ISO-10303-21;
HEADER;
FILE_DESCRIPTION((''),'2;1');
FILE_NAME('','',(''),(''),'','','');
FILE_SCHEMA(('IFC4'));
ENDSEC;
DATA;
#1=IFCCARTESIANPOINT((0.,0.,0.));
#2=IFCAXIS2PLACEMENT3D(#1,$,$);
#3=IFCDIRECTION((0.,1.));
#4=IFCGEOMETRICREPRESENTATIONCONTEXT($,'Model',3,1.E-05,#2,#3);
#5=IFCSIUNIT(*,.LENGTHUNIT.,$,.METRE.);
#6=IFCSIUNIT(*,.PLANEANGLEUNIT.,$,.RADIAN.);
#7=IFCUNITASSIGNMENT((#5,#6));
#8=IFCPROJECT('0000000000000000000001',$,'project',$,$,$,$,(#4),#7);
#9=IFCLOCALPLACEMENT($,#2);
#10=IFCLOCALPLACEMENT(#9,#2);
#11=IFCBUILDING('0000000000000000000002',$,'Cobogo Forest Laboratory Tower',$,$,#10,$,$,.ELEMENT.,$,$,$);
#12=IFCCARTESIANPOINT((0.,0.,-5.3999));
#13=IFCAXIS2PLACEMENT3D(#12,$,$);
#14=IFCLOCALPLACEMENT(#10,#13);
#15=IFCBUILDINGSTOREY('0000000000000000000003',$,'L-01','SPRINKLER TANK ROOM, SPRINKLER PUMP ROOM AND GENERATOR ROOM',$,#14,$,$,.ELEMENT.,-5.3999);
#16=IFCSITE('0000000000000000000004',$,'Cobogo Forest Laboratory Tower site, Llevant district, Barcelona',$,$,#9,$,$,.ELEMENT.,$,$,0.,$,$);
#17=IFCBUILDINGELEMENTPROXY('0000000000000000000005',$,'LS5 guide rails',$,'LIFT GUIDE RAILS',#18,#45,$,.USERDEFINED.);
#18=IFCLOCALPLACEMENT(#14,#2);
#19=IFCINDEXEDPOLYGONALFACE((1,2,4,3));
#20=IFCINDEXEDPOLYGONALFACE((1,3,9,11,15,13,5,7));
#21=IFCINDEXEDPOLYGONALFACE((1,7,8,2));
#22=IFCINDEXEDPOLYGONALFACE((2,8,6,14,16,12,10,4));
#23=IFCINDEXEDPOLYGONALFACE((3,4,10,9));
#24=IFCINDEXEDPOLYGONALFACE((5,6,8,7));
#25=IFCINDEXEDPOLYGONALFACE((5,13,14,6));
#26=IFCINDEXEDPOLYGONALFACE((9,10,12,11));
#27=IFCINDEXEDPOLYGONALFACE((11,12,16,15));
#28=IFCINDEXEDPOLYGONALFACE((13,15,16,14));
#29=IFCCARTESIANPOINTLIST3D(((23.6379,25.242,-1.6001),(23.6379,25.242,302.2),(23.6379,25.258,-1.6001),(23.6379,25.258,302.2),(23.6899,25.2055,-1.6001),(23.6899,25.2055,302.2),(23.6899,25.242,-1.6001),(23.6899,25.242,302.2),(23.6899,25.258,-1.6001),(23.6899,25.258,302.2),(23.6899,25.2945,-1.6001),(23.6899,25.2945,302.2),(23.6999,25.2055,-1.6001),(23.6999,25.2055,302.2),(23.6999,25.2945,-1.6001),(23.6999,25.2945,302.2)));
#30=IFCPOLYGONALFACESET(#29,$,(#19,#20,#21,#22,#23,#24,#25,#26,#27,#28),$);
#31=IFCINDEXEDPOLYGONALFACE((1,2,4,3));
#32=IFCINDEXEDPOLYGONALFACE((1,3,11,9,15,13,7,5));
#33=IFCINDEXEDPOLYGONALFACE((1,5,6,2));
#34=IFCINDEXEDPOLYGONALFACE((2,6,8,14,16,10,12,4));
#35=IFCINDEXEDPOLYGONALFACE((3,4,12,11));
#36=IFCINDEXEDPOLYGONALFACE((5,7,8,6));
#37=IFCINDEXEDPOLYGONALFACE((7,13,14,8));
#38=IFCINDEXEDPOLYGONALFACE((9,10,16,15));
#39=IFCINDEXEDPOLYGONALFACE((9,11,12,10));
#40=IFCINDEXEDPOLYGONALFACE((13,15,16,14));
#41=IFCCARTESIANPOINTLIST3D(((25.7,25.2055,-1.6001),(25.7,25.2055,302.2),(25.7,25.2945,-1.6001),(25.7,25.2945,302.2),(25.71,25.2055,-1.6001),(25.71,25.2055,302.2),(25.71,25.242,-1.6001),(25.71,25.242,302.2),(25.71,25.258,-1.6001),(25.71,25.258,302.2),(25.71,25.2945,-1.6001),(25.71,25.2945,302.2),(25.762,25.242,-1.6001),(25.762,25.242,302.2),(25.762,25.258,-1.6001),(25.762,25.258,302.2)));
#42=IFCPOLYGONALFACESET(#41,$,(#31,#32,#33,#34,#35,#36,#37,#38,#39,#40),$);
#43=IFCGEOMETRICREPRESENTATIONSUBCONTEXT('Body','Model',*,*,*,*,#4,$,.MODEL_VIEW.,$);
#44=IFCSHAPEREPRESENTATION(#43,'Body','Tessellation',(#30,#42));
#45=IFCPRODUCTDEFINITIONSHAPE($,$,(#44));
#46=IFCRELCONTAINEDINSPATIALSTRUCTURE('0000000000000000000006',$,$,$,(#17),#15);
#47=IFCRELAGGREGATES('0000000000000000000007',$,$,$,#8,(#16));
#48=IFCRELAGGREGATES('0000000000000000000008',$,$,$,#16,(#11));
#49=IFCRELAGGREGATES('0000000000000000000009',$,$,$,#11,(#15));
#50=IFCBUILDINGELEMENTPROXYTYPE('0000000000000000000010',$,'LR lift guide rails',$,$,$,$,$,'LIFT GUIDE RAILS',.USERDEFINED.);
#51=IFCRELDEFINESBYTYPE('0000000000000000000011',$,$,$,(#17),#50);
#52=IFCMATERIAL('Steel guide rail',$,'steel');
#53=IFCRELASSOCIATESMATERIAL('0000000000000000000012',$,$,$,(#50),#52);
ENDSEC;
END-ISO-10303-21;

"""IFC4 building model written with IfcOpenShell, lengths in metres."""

from ifc_helpers import new_model, si_unit, direction, frame, origin, origin_2d, place, context, subcontext, project, spatial, t_section, extrude, material, type_object, element, save


model = new_model("IFC4")

# Units and contexts
model_context = context("Model", 3, precision=1e-05, world=origin(), true_north=direction((0.0, 1.0)))
body_context = subcontext(model_context, "Body", "Model", "MODEL_VIEW")
ifc_project = project(units=[si_unit("LENGTHUNIT", "METRE"), si_unit("PLANEANGLEUNIT", "RADIAN")], contexts=[model_context])

# Site, building, storey
site_placement = place(None, origin())
site = spatial("IfcSite", under=ifc_project, at=site_placement, Name="Cobogo Forest Laboratory Tower site, Llevant district, Barcelona", CompositionType="ELEMENT", RefElevation=0.0)
building_placement = place(site_placement, origin())
building = spatial("IfcBuilding", under=site, at=building_placement, Name="Cobogo Forest Laboratory Tower", CompositionType="ELEMENT")
storey_placement = place(building_placement, frame((0.0, 0.0, -5.3999)))
storey = spatial("IfcBuildingStorey", under=building, at=storey_placement, Name="L-01", Description="SPRINKLER TANK ROOM, SPRINKLER PUMP ROOM AND GENERATOR ROOM", CompositionType="ELEMENT", Elevation=-5.3999)

# Building element proxy
ifc_material_1 = material(Name="Steel guide rail", Category="steel")
building_element_proxy_type_1 = type_object("IfcBuildingElementProxyType", Name="LR lift guide rails", ElementType="LIFT GUIDE RAILS", PredefinedType="USERDEFINED", material=ifc_material_1)
for number, where, name in (
    (1, (24.7, 25.25, 0.0), "LS5 guide rails"),
):
    element("IfcBuildingElementProxy", number, at=place(storey_placement, frame(where)), inside=storey, type_object=building_element_proxy_type_1, Name=name, ObjectType="LIFT GUIDE RAILS", PredefinedType="USERDEFINED", context=body_context, shape_type="SweptSolid", body=[
        extrude(t_section(Depth=0.062, FlangeWidth=0.089, WebThickness=0.0159, FlangeThickness=0.01, at=origin_2d()), frame((-1.031, 0.0, -1.6001), z_axis=(0.0, 0.0, 1.0), x_axis=(0.0, -1.0, 0.0)), (0.0, 0.0, 1.0), 303.8),
        extrude(t_section(Depth=0.062, FlangeWidth=0.089, WebThickness=0.0159, FlangeThickness=0.01, at=origin_2d()), frame((1.031, 0.0, -1.6001), z_axis=(0.0, 0.0, 1.0), x_axis=(0.0, 1.0, 0.0)), (0.0, 0.0, 1.0), 303.8),
    ])

save(model, "model.ifc")
